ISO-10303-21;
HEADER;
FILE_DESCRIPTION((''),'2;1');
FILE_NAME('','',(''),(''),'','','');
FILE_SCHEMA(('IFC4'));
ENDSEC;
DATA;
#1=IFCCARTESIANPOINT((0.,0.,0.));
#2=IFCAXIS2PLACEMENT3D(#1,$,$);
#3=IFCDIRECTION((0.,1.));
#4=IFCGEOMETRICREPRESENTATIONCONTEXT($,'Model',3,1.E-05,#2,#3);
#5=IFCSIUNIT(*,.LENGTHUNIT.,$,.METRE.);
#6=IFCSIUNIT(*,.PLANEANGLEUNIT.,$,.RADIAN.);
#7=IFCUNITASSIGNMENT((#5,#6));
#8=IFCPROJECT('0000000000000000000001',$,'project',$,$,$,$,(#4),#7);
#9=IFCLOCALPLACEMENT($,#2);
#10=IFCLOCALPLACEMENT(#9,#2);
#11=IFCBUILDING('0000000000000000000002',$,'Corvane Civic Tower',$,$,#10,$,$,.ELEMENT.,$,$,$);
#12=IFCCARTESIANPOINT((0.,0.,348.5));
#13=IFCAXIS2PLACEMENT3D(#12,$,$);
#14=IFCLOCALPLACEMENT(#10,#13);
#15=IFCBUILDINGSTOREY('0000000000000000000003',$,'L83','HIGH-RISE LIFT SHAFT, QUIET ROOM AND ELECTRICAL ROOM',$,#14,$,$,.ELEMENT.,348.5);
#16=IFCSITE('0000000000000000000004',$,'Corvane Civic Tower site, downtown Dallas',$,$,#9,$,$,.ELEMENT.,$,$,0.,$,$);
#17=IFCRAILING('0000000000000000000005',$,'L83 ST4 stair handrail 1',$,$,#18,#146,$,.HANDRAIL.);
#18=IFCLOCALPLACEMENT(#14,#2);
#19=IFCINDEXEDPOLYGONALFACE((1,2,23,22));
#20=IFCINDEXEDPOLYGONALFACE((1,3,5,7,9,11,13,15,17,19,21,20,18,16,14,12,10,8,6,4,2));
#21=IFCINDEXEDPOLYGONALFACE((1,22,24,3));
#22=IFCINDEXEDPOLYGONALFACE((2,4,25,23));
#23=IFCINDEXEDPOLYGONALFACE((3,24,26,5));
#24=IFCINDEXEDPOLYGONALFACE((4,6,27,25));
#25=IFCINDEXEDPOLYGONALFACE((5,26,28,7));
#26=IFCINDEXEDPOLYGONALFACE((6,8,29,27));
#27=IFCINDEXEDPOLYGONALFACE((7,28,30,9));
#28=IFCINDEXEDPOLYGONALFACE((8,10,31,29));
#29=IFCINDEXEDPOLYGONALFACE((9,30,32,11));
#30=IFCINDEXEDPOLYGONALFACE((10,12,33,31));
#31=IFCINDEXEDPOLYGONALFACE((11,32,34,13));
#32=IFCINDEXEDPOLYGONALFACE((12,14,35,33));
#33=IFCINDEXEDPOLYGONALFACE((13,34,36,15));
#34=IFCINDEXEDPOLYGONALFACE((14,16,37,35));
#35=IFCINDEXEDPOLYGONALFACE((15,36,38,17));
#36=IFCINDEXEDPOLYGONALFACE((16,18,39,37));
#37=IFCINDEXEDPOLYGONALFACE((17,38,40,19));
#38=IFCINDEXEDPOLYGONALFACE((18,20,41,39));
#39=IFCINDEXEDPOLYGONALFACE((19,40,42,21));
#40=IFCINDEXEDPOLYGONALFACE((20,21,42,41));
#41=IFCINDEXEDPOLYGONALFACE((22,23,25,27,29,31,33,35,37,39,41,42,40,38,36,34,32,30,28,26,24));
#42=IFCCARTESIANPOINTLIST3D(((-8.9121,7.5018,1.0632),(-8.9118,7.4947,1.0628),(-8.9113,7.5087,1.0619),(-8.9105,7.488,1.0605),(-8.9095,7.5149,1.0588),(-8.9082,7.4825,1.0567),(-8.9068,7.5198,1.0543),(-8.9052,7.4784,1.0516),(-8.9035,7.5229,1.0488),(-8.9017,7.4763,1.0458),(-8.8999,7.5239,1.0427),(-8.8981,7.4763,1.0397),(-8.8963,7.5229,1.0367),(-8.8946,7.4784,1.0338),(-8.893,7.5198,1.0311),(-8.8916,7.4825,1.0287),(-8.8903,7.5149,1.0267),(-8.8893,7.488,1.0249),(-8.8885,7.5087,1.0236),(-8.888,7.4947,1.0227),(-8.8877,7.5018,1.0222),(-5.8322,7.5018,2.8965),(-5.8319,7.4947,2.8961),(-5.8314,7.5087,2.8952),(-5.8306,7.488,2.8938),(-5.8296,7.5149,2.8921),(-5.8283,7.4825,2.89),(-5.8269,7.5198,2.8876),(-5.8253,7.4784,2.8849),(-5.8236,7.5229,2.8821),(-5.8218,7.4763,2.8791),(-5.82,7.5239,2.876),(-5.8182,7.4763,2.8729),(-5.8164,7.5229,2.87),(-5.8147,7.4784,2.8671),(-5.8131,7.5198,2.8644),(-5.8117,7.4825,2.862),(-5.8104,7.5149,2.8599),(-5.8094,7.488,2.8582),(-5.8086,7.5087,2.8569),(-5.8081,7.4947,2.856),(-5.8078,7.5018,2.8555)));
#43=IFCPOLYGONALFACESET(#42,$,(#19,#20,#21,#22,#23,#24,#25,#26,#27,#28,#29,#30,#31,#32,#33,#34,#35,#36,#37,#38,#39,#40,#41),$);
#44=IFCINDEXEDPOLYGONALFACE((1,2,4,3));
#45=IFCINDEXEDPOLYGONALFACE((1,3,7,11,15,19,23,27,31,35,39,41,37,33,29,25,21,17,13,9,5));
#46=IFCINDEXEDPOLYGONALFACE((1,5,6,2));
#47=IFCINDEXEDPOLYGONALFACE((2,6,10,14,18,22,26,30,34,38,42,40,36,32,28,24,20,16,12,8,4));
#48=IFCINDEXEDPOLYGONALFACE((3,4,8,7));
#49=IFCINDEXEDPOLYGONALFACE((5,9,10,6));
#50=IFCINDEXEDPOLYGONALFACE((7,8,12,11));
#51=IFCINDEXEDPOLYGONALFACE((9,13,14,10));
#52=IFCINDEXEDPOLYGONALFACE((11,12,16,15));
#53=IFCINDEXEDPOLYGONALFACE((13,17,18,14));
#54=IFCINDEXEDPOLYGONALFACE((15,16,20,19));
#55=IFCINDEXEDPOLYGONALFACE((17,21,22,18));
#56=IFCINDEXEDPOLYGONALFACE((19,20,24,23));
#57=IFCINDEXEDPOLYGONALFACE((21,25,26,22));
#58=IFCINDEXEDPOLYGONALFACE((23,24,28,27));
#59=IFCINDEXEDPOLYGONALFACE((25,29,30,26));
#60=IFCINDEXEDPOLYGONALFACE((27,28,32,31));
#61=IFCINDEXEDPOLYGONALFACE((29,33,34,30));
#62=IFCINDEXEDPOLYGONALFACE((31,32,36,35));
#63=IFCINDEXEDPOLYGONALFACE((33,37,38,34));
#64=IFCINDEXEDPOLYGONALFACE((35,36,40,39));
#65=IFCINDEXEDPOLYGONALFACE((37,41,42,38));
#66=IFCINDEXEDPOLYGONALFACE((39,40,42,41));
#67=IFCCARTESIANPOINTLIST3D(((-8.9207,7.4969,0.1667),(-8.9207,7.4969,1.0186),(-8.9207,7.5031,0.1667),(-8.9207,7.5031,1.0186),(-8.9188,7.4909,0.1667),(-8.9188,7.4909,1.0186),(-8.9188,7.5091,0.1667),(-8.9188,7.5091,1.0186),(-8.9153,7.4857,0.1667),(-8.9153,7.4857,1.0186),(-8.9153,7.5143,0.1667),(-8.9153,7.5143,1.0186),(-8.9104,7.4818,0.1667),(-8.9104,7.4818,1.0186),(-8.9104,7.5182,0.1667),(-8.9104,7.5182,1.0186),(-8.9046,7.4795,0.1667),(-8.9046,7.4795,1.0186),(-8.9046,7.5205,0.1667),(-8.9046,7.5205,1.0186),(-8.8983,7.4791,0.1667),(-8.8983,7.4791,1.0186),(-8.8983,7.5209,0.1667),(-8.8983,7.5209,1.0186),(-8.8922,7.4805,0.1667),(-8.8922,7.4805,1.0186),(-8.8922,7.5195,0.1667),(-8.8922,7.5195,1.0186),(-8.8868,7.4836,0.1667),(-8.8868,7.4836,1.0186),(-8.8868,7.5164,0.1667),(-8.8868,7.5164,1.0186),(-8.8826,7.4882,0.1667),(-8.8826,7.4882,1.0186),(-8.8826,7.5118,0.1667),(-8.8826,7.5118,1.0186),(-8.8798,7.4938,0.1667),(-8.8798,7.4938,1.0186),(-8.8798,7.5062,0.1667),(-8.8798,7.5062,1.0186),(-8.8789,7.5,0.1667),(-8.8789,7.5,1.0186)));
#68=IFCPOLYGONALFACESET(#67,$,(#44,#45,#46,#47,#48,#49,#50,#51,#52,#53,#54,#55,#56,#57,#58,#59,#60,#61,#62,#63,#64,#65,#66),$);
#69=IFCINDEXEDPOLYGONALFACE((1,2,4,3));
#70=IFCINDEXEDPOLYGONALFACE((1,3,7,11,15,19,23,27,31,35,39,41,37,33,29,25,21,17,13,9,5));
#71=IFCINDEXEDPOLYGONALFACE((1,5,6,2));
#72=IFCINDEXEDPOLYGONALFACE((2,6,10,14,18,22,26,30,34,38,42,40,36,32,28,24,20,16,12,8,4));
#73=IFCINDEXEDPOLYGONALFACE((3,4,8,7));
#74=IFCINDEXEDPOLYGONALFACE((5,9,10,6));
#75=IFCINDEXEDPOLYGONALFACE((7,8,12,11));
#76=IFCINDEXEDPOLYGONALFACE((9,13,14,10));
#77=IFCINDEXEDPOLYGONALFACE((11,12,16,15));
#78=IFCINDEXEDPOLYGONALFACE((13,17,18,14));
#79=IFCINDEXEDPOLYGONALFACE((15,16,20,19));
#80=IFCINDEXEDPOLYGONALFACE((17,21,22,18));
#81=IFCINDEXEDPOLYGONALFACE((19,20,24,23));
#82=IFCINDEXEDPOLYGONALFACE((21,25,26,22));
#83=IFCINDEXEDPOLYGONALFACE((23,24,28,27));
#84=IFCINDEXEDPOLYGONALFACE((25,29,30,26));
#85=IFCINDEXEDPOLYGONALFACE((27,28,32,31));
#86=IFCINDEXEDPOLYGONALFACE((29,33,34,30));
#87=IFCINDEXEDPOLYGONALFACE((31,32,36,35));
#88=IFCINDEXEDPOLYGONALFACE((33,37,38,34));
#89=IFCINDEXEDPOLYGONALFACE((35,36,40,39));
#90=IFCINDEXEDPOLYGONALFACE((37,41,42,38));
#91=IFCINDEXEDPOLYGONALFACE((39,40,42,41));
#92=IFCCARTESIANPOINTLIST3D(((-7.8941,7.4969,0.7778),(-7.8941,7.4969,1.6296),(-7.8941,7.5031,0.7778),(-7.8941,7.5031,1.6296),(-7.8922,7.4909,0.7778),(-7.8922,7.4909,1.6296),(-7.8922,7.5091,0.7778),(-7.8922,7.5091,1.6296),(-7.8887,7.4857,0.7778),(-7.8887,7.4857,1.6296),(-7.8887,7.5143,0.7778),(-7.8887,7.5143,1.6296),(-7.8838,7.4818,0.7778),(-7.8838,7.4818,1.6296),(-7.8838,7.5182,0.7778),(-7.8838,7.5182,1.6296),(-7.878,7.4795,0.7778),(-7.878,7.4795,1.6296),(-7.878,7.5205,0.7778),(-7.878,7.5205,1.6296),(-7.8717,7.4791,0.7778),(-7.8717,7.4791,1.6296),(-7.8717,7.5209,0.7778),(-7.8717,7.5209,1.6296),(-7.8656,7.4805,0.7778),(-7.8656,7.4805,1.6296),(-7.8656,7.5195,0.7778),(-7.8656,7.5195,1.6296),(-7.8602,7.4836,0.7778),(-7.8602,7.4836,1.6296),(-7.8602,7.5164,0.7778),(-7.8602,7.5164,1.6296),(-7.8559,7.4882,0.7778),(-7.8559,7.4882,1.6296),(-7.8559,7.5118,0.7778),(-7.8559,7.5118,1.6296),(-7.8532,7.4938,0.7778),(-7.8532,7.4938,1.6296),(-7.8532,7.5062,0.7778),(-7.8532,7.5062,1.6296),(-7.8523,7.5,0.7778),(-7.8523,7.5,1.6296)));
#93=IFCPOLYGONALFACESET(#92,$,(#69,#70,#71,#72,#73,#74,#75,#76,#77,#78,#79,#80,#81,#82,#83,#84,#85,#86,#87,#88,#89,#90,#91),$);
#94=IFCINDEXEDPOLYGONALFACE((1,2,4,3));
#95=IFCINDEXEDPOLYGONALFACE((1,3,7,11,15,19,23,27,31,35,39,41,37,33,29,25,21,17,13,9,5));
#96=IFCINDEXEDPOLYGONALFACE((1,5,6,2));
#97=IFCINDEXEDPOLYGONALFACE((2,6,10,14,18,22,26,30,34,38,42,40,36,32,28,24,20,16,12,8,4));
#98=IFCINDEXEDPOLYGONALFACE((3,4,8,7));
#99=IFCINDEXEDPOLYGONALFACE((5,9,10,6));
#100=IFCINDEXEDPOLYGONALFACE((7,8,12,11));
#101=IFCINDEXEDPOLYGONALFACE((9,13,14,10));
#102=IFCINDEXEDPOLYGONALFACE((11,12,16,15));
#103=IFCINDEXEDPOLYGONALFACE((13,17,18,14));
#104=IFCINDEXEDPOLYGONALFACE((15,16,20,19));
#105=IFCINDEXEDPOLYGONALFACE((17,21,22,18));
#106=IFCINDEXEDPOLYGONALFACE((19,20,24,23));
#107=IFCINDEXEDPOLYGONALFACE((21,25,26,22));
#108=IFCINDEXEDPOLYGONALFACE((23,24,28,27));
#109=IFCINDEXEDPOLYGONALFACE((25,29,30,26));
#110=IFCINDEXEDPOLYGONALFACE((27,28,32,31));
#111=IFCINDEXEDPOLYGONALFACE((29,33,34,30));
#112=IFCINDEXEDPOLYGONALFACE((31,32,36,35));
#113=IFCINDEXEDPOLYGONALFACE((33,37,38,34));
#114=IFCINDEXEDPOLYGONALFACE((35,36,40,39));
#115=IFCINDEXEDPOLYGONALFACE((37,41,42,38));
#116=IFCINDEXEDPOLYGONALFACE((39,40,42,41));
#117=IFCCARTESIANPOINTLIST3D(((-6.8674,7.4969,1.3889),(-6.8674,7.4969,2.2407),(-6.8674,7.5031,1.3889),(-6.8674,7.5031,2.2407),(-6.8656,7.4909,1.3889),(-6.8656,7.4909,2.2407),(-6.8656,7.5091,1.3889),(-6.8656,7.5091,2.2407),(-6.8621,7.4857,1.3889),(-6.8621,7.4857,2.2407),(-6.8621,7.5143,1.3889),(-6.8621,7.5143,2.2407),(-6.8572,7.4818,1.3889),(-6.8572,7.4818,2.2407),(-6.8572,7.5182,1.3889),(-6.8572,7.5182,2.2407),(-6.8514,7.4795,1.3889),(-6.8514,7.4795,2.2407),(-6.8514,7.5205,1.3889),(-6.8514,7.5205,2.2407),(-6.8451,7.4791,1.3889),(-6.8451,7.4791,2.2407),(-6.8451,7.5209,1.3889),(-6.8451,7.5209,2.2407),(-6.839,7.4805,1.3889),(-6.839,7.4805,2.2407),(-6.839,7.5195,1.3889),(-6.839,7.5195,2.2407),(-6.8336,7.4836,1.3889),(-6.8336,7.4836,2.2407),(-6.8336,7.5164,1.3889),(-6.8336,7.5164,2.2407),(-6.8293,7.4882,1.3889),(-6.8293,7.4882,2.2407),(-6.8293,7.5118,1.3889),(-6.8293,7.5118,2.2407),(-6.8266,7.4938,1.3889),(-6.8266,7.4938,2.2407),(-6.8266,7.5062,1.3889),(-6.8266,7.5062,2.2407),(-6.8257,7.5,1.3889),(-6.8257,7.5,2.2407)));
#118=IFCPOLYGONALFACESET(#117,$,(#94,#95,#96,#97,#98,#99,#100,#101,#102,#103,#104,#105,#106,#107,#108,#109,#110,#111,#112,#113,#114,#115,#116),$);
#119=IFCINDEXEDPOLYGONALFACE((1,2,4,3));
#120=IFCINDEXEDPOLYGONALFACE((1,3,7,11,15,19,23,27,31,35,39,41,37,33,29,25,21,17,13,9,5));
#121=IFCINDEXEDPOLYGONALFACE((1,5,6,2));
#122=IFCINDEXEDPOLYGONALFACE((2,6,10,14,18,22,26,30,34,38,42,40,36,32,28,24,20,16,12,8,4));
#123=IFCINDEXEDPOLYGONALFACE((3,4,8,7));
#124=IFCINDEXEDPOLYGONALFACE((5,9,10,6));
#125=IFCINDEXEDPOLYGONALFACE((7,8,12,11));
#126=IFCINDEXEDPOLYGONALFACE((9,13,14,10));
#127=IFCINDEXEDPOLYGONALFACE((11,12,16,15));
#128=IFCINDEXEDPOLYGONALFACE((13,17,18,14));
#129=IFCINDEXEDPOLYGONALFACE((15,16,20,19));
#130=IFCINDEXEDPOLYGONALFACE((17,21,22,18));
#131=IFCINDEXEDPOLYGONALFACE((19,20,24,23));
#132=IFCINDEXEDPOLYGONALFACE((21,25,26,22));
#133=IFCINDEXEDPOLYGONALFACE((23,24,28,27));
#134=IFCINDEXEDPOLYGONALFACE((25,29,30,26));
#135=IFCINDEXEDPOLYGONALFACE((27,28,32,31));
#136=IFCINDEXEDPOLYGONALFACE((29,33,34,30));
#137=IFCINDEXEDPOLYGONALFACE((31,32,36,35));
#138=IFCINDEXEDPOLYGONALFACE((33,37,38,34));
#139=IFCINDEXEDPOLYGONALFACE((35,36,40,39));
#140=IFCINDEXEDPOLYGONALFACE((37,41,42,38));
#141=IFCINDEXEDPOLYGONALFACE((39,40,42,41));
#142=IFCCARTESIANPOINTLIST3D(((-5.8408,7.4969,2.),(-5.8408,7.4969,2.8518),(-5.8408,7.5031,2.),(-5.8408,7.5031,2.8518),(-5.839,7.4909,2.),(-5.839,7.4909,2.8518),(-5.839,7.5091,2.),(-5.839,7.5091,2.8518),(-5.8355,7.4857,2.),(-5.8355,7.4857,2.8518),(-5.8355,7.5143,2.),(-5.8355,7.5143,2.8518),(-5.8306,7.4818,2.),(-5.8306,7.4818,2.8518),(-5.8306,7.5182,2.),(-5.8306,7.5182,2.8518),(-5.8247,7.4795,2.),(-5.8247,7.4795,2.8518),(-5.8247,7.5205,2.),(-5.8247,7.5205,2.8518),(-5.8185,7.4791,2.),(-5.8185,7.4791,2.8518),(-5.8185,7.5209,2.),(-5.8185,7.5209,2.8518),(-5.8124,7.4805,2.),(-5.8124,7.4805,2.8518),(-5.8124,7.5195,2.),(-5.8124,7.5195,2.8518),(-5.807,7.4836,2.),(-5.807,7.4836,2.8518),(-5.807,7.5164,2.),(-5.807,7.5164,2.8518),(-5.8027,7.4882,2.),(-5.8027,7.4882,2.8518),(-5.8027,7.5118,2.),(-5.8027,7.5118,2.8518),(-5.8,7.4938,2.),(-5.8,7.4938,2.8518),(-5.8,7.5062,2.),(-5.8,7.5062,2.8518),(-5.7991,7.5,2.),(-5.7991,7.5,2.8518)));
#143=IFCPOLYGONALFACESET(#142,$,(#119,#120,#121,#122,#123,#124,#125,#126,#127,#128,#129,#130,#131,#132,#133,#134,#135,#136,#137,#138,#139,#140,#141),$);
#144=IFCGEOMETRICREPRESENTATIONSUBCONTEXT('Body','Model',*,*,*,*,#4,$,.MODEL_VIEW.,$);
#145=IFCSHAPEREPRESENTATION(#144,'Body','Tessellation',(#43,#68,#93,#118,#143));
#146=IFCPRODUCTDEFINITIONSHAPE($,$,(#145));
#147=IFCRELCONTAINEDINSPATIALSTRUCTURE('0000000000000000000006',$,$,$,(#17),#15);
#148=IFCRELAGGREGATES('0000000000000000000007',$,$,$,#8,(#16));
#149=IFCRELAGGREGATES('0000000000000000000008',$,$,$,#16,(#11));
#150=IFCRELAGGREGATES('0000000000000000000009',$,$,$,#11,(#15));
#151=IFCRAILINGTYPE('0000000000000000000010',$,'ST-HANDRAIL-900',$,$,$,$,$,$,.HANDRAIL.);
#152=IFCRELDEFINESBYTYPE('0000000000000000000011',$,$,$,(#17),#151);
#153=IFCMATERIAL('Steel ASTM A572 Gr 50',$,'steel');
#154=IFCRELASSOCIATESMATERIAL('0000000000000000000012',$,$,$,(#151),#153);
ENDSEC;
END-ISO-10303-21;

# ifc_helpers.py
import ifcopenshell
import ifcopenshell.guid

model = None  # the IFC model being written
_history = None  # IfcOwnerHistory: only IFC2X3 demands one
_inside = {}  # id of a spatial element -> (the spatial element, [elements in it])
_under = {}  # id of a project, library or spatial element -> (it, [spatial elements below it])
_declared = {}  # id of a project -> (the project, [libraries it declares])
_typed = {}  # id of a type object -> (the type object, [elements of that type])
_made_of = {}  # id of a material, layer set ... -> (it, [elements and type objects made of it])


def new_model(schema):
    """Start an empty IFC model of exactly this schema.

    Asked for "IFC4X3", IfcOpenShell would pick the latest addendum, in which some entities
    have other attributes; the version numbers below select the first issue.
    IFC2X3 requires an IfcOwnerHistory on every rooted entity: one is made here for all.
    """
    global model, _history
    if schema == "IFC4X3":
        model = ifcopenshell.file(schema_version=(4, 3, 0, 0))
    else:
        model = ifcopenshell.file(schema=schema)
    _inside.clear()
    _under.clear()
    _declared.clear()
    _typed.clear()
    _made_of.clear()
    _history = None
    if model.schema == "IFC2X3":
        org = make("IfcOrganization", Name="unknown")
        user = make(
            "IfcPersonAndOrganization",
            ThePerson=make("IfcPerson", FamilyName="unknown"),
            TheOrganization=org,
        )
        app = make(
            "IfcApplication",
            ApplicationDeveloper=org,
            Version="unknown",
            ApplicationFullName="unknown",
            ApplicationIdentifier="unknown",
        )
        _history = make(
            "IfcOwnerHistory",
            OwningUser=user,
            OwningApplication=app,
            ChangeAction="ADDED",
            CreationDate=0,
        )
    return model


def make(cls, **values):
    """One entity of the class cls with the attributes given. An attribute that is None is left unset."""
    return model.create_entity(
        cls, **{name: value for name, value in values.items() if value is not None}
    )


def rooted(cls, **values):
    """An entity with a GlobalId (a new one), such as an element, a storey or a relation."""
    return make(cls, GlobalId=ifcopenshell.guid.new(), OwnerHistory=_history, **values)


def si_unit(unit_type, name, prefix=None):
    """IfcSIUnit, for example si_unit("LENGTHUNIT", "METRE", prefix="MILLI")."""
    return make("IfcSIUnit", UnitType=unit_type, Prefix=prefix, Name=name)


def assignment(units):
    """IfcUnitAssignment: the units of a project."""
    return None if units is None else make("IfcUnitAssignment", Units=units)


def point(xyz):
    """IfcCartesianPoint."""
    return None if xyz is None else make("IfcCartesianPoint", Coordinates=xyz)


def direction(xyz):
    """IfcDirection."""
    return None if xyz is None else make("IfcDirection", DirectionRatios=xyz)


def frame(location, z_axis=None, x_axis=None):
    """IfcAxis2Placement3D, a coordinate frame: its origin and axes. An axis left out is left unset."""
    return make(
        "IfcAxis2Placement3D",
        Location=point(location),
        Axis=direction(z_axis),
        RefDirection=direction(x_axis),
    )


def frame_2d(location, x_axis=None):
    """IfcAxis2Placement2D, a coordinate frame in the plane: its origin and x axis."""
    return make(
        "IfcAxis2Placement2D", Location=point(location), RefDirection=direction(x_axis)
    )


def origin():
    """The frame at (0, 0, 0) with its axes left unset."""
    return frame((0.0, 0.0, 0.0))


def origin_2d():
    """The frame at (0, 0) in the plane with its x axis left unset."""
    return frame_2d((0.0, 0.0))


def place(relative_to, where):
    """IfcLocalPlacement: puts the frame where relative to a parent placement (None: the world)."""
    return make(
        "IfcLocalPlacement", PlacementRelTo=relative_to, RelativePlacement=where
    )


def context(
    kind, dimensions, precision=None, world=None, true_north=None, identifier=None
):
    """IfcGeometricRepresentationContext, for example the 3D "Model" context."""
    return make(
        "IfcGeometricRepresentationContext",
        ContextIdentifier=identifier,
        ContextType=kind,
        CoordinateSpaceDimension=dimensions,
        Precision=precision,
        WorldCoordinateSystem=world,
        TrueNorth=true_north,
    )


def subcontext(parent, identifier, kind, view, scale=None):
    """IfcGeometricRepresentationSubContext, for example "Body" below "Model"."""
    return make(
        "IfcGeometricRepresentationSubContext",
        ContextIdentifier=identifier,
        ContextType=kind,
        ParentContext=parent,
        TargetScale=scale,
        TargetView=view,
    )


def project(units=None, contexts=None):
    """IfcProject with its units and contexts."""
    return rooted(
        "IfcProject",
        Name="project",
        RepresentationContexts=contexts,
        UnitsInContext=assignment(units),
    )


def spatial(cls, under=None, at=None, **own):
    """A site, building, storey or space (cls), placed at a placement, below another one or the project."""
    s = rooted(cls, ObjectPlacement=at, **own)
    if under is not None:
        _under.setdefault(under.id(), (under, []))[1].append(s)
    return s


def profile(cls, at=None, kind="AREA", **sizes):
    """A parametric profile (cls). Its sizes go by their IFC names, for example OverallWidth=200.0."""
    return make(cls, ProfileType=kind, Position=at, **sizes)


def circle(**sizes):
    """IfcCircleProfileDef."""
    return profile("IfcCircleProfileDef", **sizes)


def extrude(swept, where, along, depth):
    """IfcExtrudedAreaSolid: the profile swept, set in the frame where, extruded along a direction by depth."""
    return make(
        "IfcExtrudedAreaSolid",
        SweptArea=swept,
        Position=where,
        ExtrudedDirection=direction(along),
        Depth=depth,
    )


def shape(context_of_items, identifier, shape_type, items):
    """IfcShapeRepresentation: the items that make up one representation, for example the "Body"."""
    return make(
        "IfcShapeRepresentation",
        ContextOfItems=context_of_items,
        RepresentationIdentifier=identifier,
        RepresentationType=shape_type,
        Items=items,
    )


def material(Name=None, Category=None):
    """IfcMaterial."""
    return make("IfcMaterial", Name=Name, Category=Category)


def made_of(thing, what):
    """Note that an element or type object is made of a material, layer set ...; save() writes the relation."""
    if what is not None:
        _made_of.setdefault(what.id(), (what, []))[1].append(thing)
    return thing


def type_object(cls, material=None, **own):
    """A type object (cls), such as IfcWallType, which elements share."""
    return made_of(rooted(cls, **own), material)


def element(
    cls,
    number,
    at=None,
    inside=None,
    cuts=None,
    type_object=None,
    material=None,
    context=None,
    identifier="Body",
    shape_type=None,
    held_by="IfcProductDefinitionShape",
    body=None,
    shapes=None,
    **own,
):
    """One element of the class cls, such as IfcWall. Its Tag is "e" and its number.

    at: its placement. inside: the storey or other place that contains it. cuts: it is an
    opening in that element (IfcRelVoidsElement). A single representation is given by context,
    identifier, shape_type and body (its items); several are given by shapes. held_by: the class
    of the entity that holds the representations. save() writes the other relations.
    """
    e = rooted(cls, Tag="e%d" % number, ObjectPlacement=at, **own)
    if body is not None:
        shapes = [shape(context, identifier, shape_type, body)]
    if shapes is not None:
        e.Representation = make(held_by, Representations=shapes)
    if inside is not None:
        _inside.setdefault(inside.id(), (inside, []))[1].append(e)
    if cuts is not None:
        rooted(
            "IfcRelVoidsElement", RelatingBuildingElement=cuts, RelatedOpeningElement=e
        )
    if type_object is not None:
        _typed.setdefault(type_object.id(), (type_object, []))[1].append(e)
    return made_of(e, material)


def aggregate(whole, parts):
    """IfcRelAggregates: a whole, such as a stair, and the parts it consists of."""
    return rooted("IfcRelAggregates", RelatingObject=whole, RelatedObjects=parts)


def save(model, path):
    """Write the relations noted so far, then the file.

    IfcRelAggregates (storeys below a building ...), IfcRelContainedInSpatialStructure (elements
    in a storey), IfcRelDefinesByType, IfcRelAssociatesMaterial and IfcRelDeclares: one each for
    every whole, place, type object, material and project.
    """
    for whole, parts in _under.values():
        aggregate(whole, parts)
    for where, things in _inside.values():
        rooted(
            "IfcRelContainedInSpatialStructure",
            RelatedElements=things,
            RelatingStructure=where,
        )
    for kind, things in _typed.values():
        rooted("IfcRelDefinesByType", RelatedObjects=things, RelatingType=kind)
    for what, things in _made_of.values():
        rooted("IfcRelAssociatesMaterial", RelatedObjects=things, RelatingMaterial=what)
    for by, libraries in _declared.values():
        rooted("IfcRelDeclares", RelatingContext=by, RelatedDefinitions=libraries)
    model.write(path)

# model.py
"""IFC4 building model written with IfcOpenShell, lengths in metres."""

from ifc_helpers import new_model, si_unit, direction, frame, origin, origin_2d, place, context, subcontext, project, spatial, circle, extrude, material, type_object, element, save


model = new_model("IFC4")

# Units and contexts
model_context = context("Model", 3, precision=1e-05, world=origin(), true_north=direction((0.0, 1.0)))
body_context = subcontext(model_context, "Body", "Model", "MODEL_VIEW")
ifc_project = project(units=[si_unit("LENGTHUNIT", "METRE"), si_unit("PLANEANGLEUNIT", "RADIAN")], contexts=[model_context])

# Site, building, storey
site_placement = place(None, origin())
site = spatial("IfcSite", under=ifc_project, at=site_placement, Name="Corvane Civic Tower site, downtown Dallas", CompositionType="ELEMENT", RefElevation=0.0)
building_placement = place(site_placement, origin())
building = spatial("IfcBuilding", under=site, at=building_placement, Name="Corvane Civic Tower", CompositionType="ELEMENT")
storey_placement = place(building_placement, frame((0.0, 0.0, 348.5)))
storey = spatial("IfcBuildingStorey", under=building, at=storey_placement, Name="L83", Description="HIGH-RISE LIFT SHAFT, QUIET ROOM AND ELECTRICAL ROOM", CompositionType="ELEMENT", Elevation=348.5)

# Railing
ifc_material_1 = material(Name="Steel ASTM A572 Gr 50", Category="steel")
railing_type_1 = type_object("IfcRailingType", Name="ST-HANDRAIL-900", PredefinedType="HANDRAIL", material=ifc_material_1)
railing_1_placement = place(storey_placement, frame((-8.8999, 7.5, 0.1667)))
element("IfcRailing", 1, at=railing_1_placement, inside=storey, type_object=railing_type_1, Name="L83 ST4 stair handrail 1", PredefinedType="HANDRAIL", context=body_context, shape_type="SweptSolid", body=[
    extrude(circle(Radius=0.0239, at=origin_2d()), frame((0.0, 0.0, 0.876), z_axis=(0.859291, 0.0, 0.511487), x_axis=(0.0, 1.0, 0.0)), (0.0, 0.0, 1.0), 3.5842),
    extrude(circle(Radius=0.021, at=origin_2d()), origin(), (0.0, 0.0, 1.0), 0.8518),
    extrude(circle(Radius=0.021, at=origin_2d()), frame((1.0266, 0.0, 0.6111)), (0.0, 0.0, 1.0), 0.8518),
    extrude(circle(Radius=0.021, at=origin_2d()), frame((2.0532, 0.0, 1.2222)), (0.0, 0.0, 1.0), 0.8518),
    extrude(circle(Radius=0.021, at=origin_2d()), frame((3.0798, 0.0, 1.8333)), (0.0, 0.0, 1.0), 0.8518),
])

save(model, "model.ifc")
